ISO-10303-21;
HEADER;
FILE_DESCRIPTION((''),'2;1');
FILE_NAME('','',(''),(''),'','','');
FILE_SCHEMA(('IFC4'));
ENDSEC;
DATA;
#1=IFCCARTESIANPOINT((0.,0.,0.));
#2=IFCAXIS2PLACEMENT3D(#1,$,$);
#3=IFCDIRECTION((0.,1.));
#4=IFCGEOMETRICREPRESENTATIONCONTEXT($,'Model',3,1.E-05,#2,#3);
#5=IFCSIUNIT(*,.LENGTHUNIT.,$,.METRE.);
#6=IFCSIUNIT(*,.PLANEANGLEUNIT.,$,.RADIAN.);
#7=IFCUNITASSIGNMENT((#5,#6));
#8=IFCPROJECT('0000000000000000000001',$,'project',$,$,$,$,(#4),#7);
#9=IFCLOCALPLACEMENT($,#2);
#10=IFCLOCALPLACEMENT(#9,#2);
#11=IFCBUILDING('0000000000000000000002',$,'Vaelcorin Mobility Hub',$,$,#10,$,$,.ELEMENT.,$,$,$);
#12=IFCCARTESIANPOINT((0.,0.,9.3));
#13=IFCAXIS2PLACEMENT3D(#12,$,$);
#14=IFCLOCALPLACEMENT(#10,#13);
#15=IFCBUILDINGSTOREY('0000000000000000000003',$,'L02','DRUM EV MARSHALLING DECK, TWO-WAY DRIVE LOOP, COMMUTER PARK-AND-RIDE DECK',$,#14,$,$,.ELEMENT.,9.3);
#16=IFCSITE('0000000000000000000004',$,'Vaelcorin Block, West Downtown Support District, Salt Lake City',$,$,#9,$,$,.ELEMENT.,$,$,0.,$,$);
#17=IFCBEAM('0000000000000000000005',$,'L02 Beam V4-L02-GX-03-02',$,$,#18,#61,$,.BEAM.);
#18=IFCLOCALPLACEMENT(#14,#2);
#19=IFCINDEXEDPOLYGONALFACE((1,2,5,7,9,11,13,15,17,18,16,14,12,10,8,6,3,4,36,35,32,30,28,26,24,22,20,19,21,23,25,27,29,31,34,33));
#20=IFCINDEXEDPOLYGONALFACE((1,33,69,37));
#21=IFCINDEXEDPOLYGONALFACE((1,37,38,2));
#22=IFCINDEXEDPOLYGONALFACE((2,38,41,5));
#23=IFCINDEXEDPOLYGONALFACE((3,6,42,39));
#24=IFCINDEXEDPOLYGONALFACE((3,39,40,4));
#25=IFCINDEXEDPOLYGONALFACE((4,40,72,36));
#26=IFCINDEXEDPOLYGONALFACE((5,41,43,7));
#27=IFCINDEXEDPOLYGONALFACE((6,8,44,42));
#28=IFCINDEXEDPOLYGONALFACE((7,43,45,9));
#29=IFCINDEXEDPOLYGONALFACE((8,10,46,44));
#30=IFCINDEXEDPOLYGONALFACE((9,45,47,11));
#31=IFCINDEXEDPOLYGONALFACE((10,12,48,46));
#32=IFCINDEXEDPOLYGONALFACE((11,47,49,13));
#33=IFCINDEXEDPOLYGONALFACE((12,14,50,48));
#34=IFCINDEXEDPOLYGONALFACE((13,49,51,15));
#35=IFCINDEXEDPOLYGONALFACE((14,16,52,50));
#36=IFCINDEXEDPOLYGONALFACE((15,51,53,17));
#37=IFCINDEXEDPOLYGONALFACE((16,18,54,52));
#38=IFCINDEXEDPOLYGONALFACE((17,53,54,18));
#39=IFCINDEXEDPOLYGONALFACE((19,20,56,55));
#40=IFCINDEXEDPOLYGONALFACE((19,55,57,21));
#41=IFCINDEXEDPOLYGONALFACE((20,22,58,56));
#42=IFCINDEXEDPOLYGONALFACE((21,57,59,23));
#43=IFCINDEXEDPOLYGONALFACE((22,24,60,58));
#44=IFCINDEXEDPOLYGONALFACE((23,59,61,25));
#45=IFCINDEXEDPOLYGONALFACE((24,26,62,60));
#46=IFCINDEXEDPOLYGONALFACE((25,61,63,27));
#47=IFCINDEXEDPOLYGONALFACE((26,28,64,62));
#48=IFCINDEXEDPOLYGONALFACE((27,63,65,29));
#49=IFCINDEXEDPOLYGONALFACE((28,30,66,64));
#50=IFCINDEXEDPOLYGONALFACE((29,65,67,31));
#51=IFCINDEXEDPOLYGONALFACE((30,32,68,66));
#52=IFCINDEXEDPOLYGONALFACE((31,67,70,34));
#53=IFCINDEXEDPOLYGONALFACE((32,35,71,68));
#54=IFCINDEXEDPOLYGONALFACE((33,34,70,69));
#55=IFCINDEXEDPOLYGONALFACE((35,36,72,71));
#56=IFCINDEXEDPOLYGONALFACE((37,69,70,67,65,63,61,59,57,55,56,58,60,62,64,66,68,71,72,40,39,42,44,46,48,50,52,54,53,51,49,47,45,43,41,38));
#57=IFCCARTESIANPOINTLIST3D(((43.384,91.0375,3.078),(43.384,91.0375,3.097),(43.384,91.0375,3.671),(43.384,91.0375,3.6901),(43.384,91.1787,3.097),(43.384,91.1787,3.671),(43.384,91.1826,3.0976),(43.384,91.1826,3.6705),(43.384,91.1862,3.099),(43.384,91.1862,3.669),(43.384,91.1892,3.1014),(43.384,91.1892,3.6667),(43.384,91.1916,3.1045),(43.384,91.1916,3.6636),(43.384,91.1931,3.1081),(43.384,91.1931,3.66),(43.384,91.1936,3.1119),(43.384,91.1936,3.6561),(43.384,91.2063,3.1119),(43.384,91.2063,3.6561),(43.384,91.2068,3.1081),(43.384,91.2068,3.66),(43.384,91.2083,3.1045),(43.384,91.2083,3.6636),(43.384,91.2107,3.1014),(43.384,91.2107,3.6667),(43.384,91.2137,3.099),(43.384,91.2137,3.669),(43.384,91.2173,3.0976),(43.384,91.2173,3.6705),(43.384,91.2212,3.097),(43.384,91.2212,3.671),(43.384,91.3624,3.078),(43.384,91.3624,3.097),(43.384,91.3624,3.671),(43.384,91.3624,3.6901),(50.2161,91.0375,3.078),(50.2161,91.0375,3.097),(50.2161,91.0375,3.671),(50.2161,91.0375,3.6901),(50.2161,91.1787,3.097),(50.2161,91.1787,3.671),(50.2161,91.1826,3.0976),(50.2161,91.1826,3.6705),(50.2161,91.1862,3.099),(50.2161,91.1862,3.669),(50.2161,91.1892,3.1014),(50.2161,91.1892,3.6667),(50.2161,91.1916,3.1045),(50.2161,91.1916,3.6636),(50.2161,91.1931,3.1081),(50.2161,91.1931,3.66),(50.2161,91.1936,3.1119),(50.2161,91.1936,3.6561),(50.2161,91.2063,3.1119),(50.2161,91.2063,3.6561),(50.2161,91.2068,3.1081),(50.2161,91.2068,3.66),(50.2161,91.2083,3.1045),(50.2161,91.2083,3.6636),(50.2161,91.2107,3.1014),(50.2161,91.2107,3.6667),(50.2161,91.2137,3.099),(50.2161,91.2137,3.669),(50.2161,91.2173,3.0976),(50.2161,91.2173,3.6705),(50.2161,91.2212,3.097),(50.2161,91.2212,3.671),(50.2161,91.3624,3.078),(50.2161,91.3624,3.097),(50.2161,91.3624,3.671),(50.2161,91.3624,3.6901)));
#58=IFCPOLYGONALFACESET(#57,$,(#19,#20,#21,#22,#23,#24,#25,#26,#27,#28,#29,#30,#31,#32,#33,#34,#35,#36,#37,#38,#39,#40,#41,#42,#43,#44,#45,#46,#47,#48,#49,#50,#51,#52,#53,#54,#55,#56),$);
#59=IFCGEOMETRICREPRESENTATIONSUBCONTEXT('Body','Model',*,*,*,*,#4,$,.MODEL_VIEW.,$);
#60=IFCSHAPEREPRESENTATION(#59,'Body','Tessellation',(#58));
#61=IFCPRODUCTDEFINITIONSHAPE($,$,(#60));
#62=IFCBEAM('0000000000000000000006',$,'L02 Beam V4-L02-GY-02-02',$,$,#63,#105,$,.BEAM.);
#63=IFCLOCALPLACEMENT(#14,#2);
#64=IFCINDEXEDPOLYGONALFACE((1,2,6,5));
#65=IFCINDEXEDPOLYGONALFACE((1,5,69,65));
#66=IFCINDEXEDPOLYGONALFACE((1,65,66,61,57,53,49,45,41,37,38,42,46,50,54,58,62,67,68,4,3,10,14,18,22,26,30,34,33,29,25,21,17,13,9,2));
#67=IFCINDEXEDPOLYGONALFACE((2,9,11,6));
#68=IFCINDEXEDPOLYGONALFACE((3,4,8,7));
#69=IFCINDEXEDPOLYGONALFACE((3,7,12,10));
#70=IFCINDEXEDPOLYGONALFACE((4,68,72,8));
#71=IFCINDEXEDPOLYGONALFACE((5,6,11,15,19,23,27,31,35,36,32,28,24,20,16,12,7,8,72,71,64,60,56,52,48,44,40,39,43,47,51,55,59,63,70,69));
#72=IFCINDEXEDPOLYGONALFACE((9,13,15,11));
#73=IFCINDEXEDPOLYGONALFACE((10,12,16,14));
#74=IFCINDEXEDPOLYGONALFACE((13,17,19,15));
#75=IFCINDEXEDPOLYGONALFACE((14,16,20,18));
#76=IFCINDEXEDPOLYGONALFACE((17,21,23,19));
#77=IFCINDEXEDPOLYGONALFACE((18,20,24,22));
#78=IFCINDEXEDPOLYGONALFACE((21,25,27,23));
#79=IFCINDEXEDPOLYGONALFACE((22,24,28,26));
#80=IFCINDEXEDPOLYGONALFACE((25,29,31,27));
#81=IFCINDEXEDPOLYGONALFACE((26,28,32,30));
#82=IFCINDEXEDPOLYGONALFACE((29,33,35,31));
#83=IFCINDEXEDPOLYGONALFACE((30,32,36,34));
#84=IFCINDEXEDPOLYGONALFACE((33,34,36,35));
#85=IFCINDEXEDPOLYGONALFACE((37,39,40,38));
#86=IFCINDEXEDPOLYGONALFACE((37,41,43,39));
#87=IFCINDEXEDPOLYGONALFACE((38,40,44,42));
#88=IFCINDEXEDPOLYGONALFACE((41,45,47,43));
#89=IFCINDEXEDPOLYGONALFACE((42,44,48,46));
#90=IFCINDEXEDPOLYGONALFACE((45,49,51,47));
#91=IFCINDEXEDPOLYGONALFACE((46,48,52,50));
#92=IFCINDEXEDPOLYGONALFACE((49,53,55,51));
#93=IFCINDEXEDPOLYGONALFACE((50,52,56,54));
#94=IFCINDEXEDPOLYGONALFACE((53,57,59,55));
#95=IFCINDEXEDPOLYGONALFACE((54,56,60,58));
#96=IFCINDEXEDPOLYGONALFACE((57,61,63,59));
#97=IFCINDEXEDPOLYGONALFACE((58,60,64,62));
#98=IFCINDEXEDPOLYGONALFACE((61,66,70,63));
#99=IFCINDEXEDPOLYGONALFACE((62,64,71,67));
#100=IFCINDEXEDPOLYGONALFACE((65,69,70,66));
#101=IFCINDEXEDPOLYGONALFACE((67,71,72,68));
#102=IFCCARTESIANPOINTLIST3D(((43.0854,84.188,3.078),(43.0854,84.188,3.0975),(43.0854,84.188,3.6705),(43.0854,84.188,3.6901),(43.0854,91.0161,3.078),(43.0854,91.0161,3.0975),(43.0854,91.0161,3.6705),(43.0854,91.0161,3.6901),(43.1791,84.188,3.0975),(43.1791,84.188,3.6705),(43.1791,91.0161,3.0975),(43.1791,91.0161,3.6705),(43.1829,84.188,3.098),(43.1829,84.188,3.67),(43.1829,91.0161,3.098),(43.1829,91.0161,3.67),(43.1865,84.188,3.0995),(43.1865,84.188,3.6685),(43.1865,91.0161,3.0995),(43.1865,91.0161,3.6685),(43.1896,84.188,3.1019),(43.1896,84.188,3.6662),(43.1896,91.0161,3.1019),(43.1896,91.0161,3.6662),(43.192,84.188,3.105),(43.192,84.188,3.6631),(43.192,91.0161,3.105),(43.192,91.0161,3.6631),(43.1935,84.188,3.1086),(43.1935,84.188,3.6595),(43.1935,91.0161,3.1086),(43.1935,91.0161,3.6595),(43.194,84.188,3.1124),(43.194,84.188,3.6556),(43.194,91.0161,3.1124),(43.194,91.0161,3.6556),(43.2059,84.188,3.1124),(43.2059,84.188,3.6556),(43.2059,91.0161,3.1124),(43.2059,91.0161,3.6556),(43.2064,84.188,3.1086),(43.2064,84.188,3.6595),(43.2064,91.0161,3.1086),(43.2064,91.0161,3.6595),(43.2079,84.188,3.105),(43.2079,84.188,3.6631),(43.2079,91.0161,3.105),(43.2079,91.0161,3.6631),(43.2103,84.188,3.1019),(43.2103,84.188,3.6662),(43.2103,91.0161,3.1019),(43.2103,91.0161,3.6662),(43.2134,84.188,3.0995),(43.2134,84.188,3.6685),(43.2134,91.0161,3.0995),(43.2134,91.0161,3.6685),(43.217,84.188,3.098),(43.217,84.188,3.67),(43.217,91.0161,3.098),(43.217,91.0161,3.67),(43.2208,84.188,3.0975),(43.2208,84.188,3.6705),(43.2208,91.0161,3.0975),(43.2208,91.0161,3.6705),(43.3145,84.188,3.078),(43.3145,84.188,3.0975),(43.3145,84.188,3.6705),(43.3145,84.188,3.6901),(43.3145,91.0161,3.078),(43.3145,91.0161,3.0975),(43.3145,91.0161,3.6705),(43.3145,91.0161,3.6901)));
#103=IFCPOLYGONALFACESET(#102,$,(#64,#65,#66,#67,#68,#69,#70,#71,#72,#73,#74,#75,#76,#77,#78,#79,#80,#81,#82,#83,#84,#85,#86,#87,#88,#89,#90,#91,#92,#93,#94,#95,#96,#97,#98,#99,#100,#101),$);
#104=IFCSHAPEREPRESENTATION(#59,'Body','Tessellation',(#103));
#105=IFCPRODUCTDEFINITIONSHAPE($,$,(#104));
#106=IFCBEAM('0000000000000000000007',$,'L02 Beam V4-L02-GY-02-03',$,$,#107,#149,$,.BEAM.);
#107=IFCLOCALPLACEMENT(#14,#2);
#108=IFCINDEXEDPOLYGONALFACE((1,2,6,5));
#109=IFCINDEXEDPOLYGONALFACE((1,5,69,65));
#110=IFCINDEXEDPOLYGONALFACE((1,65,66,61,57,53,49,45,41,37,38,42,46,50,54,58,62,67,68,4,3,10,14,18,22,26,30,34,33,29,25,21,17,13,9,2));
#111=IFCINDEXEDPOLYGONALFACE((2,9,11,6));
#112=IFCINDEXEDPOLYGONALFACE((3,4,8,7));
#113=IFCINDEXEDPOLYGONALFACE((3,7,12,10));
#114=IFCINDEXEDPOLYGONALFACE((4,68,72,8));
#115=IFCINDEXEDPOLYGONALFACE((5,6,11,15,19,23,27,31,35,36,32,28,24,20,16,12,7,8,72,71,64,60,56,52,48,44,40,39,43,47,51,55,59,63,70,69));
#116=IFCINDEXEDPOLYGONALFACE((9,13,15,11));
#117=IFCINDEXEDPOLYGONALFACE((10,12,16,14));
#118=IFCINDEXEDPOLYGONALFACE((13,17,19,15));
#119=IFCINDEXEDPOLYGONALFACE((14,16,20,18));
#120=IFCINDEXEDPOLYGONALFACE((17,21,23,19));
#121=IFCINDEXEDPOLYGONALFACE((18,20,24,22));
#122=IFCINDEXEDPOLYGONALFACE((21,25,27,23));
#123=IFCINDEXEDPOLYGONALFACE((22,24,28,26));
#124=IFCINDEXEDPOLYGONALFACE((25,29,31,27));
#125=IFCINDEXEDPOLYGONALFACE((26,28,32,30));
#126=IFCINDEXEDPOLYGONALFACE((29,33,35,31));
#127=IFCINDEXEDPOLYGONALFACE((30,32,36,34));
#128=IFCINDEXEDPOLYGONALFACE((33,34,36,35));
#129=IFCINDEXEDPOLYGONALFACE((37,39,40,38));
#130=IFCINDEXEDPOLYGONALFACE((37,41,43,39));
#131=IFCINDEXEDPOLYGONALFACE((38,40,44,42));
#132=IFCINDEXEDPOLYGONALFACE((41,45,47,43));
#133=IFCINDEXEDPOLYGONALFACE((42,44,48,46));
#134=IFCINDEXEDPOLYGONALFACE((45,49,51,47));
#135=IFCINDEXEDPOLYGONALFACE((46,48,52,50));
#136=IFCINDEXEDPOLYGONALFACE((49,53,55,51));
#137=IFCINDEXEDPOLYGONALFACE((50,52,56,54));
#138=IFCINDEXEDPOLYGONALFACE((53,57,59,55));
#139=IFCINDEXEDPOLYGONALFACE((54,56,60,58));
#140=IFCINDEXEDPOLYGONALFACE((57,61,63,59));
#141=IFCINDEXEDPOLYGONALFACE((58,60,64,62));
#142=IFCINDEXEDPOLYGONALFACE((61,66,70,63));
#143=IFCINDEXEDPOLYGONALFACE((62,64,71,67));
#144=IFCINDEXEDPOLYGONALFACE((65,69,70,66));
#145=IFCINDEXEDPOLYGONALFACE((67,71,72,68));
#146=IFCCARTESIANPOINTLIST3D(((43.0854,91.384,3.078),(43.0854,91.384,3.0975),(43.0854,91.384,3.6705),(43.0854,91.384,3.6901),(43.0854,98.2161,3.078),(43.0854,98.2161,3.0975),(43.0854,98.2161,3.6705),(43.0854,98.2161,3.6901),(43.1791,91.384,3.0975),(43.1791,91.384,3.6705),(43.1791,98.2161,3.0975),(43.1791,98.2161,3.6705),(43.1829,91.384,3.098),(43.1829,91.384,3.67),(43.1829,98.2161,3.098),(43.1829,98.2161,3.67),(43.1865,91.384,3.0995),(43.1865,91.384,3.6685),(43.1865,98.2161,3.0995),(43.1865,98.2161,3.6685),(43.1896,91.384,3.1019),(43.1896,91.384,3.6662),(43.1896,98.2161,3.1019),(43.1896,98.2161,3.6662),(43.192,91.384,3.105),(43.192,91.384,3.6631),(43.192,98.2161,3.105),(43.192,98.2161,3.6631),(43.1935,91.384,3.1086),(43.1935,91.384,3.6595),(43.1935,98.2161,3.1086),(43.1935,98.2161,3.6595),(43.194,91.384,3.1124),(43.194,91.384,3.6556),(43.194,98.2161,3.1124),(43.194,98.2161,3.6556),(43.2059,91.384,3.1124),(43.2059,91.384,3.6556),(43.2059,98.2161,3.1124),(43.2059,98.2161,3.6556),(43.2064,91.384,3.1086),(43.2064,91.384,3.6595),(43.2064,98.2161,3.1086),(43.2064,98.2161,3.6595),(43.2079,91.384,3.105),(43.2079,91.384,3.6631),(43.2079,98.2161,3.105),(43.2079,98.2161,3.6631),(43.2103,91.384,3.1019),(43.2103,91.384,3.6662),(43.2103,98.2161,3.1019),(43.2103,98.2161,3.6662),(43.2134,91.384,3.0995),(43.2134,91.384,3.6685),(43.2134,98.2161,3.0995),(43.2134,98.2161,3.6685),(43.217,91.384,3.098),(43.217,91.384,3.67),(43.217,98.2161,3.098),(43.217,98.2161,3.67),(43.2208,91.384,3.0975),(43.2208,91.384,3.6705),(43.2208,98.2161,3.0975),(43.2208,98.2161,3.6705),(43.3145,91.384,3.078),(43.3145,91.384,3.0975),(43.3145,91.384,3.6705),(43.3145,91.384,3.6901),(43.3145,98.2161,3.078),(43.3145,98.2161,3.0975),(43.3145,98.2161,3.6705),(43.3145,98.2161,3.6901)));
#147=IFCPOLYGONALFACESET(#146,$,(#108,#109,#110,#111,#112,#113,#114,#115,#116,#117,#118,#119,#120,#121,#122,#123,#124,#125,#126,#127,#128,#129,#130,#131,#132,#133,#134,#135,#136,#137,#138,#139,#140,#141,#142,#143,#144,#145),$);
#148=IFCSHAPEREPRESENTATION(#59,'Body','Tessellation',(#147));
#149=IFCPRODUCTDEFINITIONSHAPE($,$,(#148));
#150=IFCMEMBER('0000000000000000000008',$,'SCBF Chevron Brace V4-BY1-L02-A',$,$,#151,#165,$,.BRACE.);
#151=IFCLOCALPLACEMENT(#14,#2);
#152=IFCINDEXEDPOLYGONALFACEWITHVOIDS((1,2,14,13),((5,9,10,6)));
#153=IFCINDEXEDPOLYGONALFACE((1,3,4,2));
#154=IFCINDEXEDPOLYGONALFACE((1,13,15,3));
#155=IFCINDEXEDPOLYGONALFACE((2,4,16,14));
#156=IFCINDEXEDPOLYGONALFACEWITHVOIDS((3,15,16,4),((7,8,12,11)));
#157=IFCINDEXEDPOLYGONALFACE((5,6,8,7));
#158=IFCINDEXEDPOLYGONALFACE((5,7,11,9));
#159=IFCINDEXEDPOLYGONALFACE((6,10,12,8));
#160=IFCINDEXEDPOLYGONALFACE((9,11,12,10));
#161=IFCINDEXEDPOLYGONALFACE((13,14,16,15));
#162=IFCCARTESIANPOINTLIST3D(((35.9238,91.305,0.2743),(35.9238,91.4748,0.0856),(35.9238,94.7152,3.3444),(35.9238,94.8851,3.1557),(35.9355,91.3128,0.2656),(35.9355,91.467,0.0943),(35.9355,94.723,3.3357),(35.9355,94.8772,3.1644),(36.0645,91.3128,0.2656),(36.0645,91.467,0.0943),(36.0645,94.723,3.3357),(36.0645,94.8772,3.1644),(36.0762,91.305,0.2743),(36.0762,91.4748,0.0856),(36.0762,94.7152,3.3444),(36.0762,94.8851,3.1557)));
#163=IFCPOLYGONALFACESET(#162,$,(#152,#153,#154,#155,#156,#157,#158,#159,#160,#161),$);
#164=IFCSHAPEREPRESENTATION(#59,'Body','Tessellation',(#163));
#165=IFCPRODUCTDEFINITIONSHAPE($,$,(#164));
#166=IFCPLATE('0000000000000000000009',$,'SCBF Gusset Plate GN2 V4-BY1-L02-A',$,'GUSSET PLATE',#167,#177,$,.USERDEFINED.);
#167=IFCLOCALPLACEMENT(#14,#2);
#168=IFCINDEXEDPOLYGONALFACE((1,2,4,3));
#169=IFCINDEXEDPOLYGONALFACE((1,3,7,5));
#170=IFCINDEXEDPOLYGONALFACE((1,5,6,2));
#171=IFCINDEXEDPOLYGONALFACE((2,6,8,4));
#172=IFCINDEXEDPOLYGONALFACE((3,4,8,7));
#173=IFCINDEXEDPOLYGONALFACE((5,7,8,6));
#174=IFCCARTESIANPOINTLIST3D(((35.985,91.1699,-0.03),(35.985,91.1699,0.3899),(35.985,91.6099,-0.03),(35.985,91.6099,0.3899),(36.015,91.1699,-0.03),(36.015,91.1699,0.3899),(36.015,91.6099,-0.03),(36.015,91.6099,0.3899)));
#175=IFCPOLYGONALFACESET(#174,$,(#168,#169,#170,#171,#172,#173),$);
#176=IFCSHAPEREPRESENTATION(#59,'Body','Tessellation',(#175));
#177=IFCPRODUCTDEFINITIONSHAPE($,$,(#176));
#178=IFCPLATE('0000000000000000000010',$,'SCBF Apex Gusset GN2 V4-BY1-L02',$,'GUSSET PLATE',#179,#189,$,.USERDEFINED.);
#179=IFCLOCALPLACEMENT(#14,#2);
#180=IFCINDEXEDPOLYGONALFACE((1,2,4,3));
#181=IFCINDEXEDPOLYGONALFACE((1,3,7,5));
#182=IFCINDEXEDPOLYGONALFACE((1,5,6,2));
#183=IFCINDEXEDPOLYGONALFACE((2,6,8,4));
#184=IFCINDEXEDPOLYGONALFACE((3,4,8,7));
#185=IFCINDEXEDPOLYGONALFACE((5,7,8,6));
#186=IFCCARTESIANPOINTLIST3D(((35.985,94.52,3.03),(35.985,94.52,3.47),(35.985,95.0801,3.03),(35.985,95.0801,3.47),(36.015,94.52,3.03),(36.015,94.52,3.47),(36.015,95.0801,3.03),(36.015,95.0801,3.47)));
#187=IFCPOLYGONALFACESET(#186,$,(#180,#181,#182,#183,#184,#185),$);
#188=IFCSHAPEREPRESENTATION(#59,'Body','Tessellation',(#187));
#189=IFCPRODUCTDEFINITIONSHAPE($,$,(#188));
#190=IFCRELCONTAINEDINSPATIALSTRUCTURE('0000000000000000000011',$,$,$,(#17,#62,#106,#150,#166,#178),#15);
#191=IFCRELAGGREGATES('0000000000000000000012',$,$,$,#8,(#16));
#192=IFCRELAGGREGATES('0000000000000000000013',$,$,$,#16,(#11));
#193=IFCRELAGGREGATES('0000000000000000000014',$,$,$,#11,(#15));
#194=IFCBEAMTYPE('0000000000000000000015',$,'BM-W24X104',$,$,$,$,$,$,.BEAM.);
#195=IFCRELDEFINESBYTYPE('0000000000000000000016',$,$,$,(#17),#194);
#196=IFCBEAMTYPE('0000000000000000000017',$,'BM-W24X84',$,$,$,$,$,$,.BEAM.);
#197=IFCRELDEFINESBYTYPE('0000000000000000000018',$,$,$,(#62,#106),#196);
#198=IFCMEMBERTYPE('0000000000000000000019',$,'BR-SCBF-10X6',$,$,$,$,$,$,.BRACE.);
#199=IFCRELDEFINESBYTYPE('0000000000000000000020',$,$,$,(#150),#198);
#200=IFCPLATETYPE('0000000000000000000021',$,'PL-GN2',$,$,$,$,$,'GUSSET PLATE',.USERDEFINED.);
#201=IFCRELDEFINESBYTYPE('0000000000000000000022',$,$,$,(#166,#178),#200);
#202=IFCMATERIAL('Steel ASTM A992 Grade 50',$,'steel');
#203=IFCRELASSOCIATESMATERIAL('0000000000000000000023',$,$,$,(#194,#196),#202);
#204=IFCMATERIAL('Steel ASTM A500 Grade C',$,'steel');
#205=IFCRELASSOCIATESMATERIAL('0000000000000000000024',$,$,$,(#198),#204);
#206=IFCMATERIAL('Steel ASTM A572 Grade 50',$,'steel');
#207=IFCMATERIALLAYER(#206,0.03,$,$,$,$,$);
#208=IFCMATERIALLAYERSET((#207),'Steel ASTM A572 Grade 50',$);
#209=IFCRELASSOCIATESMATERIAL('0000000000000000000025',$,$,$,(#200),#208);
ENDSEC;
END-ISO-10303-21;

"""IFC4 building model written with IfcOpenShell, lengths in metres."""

from ifc_helpers import new_model, si_unit, direction, frame, origin, origin_2d, place, context, subcontext, project, spatial, rectangle, hollow_rectangle, i_section, extrude, material, layer, layer_set, material_profile, profile_set, type_object, element, save


model = new_model("IFC4")

# Units and contexts
model_context = context("Model", 3, precision=1e-05, world=origin(), true_north=direction((0.0, 1.0)))
body_context = subcontext(model_context, "Body", "Model", "MODEL_VIEW")
ifc_project = project(units=[si_unit("LENGTHUNIT", "METRE"), si_unit("PLANEANGLEUNIT", "RADIAN")], contexts=[model_context])

# Site, building, storey
site_placement = place(None, origin())
site = spatial("IfcSite", under=ifc_project, at=site_placement, Name="Vaelcorin Block, West Downtown Support District, Salt Lake City", CompositionType="ELEMENT", RefElevation=0.0)
building_placement = place(site_placement, origin())
building = spatial("IfcBuilding", under=site, at=building_placement, Name="Vaelcorin Mobility Hub", CompositionType="ELEMENT")
storey_placement = place(building_placement, frame((0.0, 0.0, 9.3)))
storey = spatial("IfcBuildingStorey", under=building, at=storey_placement, Name="L02", Description="DRUM EV MARSHALLING DECK, TWO-WAY DRIVE LOOP, COMMUTER PARK-AND-RIDE DECK", CompositionType="ELEMENT", Elevation=9.3)

# Shared definitions
ifc_material_1 = material(Name="Steel ASTM A992 Grade 50", Category="steel")

# Beams
ifc_material_profile_1 = material_profile(ifc_material_1, i_section(OverallWidth=0.325, OverallDepth=0.6121, WebThickness=0.0127, FlangeThickness=0.019, FilletRadius=0.0149, at=origin_2d()), Name="W24X104")
ifc_profile_set_1 = profile_set([ifc_material_profile_1], Name="Steel ASTM A992 Grade 50")
beam_type_1 = type_object("IfcBeamType", Name="BM-W24X104", PredefinedType="BEAM", material=ifc_profile_set_1)
for number, where, z_axis, x_axis, name in (
    (1, (43.384, 91.2, 3.384), (1.0, 0.0, 0.0), (0.0, 1.0, 0.0), "L02 Beam V4-L02-GX-03-02"),
):
    element("IfcBeam", number, at=place(storey_placement, frame(where, z_axis=z_axis, x_axis=x_axis)), inside=storey, type_object=beam_type_1, Name=name, PredefinedType="BEAM", context=body_context, shape_type="SweptSolid", body=[
        extrude(i_section(OverallWidth=0.325, OverallDepth=0.6121, WebThickness=0.0127, FlangeThickness=0.019, FilletRadius=0.0149, at=origin_2d()), origin(), (0.0, 0.0, 1.0), 6.832),
    ])
ifc_material_profile_2 = material_profile(ifc_material_1, i_section(OverallWidth=0.229, OverallDepth=0.6121, WebThickness=0.012, FlangeThickness=0.0195, FilletRadius=0.0149, at=origin_2d()), Name="W24X84")
ifc_profile_set_2 = profile_set([ifc_material_profile_2], Name="Steel ASTM A992 Grade 50")
beam_type_2 = type_object("IfcBeamType", Name="BM-W24X84", PredefinedType="BEAM", material=ifc_profile_set_2)
beam_1_placement = place(storey_placement, frame((43.2, 84.188, 3.384), z_axis=(0.0, 1.0, 0.0), x_axis=(-1.0, 0.0, 0.0)))
element("IfcBeam", 2, at=beam_1_placement, inside=storey, type_object=beam_type_2, Name="L02 Beam V4-L02-GY-02-02", PredefinedType="BEAM", context=body_context, shape_type="SweptSolid", body=[
    extrude(i_section(OverallWidth=0.229, OverallDepth=0.6121, WebThickness=0.012, FlangeThickness=0.0195, FilletRadius=0.0149, at=origin_2d()), origin(), (0.0, 0.0, 1.0), 6.8281),
])
beam_2_placement = place(storey_placement, frame((43.2, 91.384, 3.384), z_axis=(0.0, 1.0, 0.0), x_axis=(-1.0, 0.0, 0.0)))
element("IfcBeam", 3, at=beam_2_placement, inside=storey, type_object=beam_type_2, Name="L02 Beam V4-L02-GY-02-03", PredefinedType="BEAM", context=body_context, shape_type="SweptSolid", body=[
    extrude(i_section(OverallWidth=0.229, OverallDepth=0.6121, WebThickness=0.012, FlangeThickness=0.0195, FilletRadius=0.0149, at=origin_2d()), origin(), (0.0, 0.0, 1.0), 6.832),
])

# Member
ifc_material_2 = material(Name="Steel ASTM A500 Grade C", Category="steel")
ifc_material_profile_3 = material_profile(ifc_material_2, hollow_rectangle(XDim=0.1523, YDim=0.2539, WallThickness=0.0117, at=origin_2d()), Name="HSS10X6X0.500")
ifc_profile_set_3 = profile_set([ifc_material_profile_3], Name="Steel ASTM A500 Grade C")
member_type = type_object("IfcMemberType", Name="BR-SCBF-10X6", PredefinedType="BRACE", material=ifc_profile_set_3)
member_placement = place(storey_placement, frame((36.0, 91.3899, 0.1799), z_axis=(0.0, 0.743194, 0.669076), x_axis=(-1.0, 0.0, 0.0)))
element("IfcMember", 4, at=member_placement, inside=storey, type_object=member_type, Name="SCBF Chevron Brace V4-BY1-L02-A", PredefinedType="BRACE", context=body_context, shape_type="SweptSolid", body=[
    extrude(hollow_rectangle(XDim=0.1523, YDim=0.2539, WallThickness=0.0117, at=origin_2d()), origin(), (0.0, 0.0, 1.0), 4.5886),
])

# Plates
ifc_material_3 = material(Name="Steel ASTM A572 Grade 50", Category="steel")
ifc_layer_1 = layer(ifc_material_3, 0.03)
ifc_layer_set_1 = layer_set([ifc_layer_1], Name="Steel ASTM A572 Grade 50")
plate_type = type_object("IfcPlateType", Name="PL-GN2", ElementType="GUSSET PLATE", PredefinedType="USERDEFINED", material=ifc_layer_set_1)
plate_1_placement = place(storey_placement, frame((36.0, 91.3899, -0.03), z_axis=(0.0, 0.0, 1.0), x_axis=(0.0, 1.0, 0.0)))
element("IfcPlate", 5, at=plate_1_placement, inside=storey, type_object=plate_type, Name="SCBF Gusset Plate GN2 V4-BY1-L02-A", ObjectType="GUSSET PLATE", PredefinedType="USERDEFINED", context=body_context, shape_type="SweptSolid", body=[
    extrude(rectangle(XDim=0.4399, YDim=0.03, at=origin_2d()), origin(), (0.0, 0.0, 1.0), 0.4199),
])
plate_2_placement = place(storey_placement, frame((36.0, 94.8, 3.03), z_axis=(0.0, 0.0, 1.0), x_axis=(0.0, 1.0, 0.0)))
element("IfcPlate", 6, at=plate_2_placement, inside=storey, type_object=plate_type, Name="SCBF Apex Gusset GN2 V4-BY1-L02", ObjectType="GUSSET PLATE", PredefinedType="USERDEFINED", context=body_context, shape_type="SweptSolid", body=[
    extrude(rectangle(XDim=0.5601, YDim=0.03, at=origin_2d()), origin(), (0.0, 0.0, 1.0), 0.4399),
])

save(model, "model.ifc")
